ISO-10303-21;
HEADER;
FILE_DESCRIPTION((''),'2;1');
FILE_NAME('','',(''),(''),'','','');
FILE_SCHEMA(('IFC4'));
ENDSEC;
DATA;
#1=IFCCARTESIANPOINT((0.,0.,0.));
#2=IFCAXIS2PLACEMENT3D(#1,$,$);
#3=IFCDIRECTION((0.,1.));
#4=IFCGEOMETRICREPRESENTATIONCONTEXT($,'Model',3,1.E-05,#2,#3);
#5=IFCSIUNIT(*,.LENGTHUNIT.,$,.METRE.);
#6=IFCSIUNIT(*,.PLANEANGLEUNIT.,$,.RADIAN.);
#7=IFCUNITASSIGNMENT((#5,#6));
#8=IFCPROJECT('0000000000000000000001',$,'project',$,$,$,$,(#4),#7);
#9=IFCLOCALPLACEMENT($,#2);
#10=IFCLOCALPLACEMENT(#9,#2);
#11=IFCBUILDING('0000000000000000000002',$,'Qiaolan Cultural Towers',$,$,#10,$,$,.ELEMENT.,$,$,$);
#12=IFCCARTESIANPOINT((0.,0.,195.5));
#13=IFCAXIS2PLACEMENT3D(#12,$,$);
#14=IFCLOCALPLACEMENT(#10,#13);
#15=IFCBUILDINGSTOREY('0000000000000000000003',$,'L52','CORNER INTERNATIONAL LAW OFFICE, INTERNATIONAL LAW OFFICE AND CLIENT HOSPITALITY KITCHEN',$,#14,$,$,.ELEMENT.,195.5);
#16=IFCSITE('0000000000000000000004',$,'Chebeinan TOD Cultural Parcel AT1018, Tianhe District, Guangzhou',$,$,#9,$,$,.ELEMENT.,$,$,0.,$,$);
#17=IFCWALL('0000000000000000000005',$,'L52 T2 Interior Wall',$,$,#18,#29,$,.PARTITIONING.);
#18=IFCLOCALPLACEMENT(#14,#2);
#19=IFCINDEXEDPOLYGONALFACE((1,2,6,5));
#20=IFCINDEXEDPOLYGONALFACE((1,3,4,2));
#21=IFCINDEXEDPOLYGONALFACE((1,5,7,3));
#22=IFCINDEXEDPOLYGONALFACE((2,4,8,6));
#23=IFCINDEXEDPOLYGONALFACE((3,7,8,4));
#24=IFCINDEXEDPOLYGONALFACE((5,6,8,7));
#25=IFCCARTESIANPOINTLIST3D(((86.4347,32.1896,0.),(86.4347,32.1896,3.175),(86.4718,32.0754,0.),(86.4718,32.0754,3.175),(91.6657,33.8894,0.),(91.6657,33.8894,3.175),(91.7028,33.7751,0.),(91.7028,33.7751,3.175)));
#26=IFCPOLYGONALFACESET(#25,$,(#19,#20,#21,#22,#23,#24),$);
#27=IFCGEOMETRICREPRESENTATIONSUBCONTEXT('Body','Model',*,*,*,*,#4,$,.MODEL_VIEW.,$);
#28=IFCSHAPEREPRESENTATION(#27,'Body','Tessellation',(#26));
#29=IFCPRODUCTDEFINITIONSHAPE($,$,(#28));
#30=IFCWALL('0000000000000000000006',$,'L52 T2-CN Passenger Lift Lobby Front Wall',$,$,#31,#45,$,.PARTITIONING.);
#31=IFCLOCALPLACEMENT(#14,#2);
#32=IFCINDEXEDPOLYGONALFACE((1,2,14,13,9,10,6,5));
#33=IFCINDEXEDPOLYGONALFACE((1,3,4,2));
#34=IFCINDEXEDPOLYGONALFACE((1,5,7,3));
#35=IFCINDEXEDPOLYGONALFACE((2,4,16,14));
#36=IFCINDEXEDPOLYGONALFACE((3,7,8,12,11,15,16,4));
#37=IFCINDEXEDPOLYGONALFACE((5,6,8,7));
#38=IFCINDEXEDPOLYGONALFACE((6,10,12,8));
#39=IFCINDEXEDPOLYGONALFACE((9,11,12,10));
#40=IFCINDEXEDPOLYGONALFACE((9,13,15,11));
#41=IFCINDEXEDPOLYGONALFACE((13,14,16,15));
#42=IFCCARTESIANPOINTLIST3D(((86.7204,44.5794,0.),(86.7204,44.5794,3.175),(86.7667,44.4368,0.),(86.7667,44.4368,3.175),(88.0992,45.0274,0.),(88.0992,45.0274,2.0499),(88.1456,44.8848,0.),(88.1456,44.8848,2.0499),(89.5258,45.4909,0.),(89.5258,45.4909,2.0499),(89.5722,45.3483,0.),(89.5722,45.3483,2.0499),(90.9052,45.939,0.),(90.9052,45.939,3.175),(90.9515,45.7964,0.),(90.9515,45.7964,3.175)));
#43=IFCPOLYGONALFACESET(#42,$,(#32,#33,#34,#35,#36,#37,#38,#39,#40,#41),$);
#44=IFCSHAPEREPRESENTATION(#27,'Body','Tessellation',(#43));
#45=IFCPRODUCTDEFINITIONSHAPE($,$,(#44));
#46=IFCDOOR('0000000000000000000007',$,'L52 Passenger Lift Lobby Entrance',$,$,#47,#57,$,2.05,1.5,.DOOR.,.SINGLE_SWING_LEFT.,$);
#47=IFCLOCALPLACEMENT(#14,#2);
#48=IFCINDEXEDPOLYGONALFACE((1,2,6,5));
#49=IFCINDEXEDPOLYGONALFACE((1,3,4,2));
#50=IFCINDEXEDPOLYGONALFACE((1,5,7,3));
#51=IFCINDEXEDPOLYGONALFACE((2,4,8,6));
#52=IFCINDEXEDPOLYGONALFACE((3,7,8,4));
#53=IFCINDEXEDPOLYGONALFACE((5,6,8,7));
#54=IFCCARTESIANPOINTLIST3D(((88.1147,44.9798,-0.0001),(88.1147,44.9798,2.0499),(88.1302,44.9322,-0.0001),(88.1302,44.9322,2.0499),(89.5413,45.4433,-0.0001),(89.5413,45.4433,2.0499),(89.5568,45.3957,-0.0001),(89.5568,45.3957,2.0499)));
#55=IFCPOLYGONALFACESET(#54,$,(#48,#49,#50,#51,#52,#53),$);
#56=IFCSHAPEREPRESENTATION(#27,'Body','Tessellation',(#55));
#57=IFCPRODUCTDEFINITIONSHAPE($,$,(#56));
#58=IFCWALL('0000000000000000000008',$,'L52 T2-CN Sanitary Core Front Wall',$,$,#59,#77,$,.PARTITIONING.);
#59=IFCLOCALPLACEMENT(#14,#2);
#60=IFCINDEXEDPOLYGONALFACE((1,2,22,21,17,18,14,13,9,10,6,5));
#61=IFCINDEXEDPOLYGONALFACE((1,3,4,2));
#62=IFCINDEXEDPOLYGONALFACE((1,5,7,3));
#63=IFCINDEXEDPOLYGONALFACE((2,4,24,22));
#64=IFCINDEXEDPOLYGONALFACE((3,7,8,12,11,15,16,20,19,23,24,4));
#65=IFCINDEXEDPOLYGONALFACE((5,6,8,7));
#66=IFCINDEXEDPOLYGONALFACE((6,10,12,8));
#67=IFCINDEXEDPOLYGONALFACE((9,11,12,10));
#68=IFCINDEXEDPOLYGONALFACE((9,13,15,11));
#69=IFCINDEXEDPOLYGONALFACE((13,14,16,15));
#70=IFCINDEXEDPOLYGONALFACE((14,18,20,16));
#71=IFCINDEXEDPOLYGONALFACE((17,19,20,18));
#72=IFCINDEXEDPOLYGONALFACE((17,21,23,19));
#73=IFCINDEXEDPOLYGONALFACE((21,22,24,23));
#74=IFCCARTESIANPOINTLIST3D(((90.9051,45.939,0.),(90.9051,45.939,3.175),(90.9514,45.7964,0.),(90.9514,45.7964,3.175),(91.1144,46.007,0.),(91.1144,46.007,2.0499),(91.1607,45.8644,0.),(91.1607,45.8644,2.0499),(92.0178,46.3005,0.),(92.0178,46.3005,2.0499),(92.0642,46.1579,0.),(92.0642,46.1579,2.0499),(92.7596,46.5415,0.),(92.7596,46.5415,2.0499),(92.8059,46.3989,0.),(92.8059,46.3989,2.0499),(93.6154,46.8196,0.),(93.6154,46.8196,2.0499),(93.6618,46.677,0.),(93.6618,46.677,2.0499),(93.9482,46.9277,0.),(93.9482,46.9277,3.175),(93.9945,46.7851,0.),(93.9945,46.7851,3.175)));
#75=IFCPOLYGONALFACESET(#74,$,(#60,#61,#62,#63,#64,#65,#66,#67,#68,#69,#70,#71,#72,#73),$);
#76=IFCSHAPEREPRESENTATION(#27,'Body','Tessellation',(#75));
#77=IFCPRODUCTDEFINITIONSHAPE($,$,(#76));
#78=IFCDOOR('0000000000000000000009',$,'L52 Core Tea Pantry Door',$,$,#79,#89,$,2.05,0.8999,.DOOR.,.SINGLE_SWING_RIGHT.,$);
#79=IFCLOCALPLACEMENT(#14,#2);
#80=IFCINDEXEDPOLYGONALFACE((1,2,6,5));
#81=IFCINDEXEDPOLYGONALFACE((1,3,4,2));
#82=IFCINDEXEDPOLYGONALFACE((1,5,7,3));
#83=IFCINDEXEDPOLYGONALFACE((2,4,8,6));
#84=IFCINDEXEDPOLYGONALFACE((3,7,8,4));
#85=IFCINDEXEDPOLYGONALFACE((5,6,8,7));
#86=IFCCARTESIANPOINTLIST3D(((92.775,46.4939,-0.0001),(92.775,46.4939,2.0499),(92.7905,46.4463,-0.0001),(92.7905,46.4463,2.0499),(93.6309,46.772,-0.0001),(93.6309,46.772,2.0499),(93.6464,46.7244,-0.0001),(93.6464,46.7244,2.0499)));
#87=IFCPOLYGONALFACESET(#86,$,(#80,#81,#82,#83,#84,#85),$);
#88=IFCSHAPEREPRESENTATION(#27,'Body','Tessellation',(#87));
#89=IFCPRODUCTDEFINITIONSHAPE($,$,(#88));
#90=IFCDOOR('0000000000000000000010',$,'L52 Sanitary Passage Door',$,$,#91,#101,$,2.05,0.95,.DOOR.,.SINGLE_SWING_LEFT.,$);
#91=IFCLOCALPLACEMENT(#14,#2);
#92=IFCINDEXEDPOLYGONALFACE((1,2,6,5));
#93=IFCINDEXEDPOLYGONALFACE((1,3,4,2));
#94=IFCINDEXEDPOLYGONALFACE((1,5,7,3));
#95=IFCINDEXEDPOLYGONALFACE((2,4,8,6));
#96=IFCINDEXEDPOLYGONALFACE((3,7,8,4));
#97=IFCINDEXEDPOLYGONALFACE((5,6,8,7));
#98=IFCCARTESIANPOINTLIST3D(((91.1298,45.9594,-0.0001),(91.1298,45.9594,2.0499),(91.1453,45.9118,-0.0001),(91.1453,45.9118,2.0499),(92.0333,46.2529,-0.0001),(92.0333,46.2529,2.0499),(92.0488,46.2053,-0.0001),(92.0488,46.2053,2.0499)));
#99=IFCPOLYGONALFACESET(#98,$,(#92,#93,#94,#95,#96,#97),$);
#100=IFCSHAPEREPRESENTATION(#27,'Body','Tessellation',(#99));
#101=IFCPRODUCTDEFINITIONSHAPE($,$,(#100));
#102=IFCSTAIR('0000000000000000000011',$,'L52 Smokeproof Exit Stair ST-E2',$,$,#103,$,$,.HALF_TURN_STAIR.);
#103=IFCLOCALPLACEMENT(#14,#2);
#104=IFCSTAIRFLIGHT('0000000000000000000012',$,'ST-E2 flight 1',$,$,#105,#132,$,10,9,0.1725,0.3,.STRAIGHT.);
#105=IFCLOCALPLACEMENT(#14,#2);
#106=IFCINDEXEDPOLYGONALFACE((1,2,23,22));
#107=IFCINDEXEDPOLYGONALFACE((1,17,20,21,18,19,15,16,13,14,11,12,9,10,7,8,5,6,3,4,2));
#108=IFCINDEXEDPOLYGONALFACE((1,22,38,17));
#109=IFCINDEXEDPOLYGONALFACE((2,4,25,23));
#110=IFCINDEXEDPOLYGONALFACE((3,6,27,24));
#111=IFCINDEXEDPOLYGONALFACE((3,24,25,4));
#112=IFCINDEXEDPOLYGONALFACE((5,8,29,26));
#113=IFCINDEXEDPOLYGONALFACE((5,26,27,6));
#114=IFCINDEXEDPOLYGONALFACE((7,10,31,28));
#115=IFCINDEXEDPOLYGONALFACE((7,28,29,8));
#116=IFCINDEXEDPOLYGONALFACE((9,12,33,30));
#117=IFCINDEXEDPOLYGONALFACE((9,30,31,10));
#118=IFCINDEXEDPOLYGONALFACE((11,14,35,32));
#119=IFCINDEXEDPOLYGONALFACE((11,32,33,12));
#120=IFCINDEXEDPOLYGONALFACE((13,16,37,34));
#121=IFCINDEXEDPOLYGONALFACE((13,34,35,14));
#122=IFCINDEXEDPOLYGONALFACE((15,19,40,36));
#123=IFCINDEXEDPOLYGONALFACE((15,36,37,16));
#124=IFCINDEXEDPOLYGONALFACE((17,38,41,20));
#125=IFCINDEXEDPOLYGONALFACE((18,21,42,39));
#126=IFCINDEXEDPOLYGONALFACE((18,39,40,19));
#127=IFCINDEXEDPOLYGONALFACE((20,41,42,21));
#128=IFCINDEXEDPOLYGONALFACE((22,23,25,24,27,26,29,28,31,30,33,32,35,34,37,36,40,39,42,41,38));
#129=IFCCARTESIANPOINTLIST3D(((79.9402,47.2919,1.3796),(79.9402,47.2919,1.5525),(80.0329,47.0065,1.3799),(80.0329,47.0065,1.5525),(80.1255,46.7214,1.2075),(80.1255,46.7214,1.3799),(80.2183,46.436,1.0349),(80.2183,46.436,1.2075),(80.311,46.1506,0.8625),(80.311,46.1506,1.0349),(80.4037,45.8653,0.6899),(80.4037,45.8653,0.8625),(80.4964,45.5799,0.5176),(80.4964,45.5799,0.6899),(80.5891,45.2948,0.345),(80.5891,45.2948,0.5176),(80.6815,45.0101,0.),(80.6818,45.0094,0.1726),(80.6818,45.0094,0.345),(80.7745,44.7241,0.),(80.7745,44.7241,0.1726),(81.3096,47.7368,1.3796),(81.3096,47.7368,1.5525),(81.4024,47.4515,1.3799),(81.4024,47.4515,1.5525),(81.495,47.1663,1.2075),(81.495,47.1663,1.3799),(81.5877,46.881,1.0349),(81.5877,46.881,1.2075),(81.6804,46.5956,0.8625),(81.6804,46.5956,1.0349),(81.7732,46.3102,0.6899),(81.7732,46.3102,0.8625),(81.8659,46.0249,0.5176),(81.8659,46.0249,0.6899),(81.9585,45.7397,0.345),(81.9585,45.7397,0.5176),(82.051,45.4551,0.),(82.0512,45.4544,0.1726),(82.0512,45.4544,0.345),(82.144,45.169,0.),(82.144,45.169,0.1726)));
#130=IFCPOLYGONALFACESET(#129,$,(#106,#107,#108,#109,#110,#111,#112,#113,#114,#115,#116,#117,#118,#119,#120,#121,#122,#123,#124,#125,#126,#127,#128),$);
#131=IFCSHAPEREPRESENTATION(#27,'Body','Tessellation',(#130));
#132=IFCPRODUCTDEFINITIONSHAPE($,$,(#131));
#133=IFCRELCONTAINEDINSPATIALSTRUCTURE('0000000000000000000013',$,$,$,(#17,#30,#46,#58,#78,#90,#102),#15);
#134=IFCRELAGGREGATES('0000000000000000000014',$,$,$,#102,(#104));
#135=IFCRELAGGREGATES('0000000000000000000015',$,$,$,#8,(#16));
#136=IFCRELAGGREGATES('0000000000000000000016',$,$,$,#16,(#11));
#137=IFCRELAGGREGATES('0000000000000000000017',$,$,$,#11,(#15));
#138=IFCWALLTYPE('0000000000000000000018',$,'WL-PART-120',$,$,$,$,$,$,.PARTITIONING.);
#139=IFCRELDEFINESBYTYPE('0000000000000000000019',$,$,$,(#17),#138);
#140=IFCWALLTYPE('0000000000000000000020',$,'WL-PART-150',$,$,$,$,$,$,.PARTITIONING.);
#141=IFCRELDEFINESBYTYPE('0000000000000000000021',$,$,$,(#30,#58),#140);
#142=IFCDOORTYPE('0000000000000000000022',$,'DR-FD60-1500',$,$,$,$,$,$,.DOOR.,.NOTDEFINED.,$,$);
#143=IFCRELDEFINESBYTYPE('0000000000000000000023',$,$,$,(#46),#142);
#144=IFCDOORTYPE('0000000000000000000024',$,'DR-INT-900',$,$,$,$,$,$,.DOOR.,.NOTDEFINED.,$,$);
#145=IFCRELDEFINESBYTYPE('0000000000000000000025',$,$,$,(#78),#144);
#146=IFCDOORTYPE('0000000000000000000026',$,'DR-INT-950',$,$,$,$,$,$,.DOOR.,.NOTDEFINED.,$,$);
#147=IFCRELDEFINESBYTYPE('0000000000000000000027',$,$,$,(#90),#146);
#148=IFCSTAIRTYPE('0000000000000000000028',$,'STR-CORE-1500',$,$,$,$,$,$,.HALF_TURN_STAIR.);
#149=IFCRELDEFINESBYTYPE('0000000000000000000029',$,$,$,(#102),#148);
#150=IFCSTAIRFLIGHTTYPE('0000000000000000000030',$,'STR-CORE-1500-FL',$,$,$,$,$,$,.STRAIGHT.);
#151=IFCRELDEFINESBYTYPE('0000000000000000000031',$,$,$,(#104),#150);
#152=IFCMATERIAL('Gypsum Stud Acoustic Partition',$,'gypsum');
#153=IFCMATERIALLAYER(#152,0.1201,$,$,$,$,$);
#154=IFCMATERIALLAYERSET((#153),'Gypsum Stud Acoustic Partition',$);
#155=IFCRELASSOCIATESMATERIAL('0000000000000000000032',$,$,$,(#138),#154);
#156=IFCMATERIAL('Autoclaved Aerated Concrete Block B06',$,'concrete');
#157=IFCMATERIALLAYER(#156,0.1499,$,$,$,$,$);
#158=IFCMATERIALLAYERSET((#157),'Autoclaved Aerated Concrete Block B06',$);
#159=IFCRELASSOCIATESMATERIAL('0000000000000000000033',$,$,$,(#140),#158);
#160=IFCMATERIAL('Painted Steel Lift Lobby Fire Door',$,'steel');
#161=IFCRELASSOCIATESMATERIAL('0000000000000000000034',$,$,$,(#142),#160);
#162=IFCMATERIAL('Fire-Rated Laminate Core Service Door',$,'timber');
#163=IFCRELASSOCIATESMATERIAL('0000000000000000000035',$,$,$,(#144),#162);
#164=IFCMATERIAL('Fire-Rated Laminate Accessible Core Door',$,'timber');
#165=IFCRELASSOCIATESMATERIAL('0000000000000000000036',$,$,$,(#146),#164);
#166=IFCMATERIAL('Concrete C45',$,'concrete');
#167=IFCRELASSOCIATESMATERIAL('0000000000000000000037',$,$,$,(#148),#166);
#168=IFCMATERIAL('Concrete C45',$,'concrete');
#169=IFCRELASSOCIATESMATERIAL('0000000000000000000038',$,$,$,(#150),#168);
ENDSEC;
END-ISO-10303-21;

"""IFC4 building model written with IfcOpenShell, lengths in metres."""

from ifc_helpers import new_model, si_unit, direction, frame, frame_2d, origin, place, context, subcontext, project, spatial, polyline, rectangle, outline, extrude, material, layer, layer_set, type_object, element, fill, aggregate, save


model = new_model("IFC4")

# Units and contexts
model_context = context("Model", 3, precision=1e-05, world=origin(), true_north=direction((0.0, 1.0)))
body_context = subcontext(model_context, "Body", "Model", "MODEL_VIEW")
ifc_project = project(units=[si_unit("LENGTHUNIT", "METRE"), si_unit("PLANEANGLEUNIT", "RADIAN")], contexts=[model_context])

# Site, building, storey
site_placement = place(None, origin())
site = spatial("IfcSite", under=ifc_project, at=site_placement, Name="Chebeinan TOD Cultural Parcel AT1018, Tianhe District, Guangzhou", CompositionType="ELEMENT", RefElevation=0.0)
building_placement = place(site_placement, origin())
building = spatial("IfcBuilding", under=site, at=building_placement, Name="Qiaolan Cultural Towers", CompositionType="ELEMENT")
storey_placement = place(building_placement, frame((0.0, 0.0, 195.5)))
storey = spatial("IfcBuildingStorey", under=building, at=storey_placement, Name="L52", Description="CORNER INTERNATIONAL LAW OFFICE, INTERNATIONAL LAW OFFICE AND CLIENT HOSPITALITY KITCHEN", CompositionType="ELEMENT", Elevation=195.5)

# Wall
ifc_material_1 = material(Name="Gypsum Stud Acoustic Partition", Category="gypsum")
ifc_layer_1 = layer(ifc_material_1, 0.1201)
ifc_layer_set_1 = layer_set([ifc_layer_1], Name="Gypsum Stud Acoustic Partition")
wall_type_1 = type_object("IfcWallType", Name="WL-PART-120", PredefinedType="PARTITIONING", material=ifc_layer_set_1)
wall_1_placement = place(storey_placement, frame((86.4534, 32.1326, 0.0), z_axis=(0.0, 0.0, 1.0), x_axis=(0.951053, 0.309028, 0.0)))
element("IfcWall", 1, at=wall_1_placement, inside=storey, type_object=wall_type_1, Name="L52 T2 Interior Wall", PredefinedType="PARTITIONING", context=body_context, shape_type="SweptSolid", body=[
    extrude(rectangle(XDim=5.5002, YDim=0.1201, at=frame_2d((2.75, 0.0))), origin(), (0.0, 0.0, 1.0), 3.175),
])

# Wall, opening, door
ifc_material_2 = material(Name="Autoclaved Aerated Concrete Block B06", Category="concrete")
ifc_layer_2 = layer(ifc_material_2, 0.1499)
ifc_layer_set_2 = layer_set([ifc_layer_2], Name="Autoclaved Aerated Concrete Block B06")
wall_type_2 = type_object("IfcWallType", Name="WL-PART-150", PredefinedType="PARTITIONING", material=ifc_layer_set_2)
wall_2_placement = place(storey_placement, frame((86.7434, 44.5081, 0.0), z_axis=(0.0, 0.0, 1.0), x_axis=(0.951064, 0.308994, 0.0)))
wall_2 = element("IfcWall", 2, at=wall_2_placement, inside=storey, type_object=wall_type_2, Name="L52 T2-CN Passenger Lift Lobby Front Wall", PredefinedType="PARTITIONING", context=body_context, shape_type="SweptSolid", body=[
    extrude(rectangle(XDim=4.4001, YDim=0.1499, at=frame_2d((2.2002, 0.0))), origin(), (0.0, 0.0, 1.0), 3.175),
])
opening_1_placement = place(wall_2_placement, frame((1.45, 0.0, 0.0)))
opening_1 = element("IfcOpeningElement", 3, at=opening_1_placement, cuts=wall_2, PredefinedType="OPENING", context=body_context, shape_type="SweptSolid", body=[
    extrude(rectangle(XDim=1.5, YDim=2.05, at=frame_2d((0.75, 1.0249))), frame((0.0, 0.085, 0.0), z_axis=(0.0, -1.0, 0.0), x_axis=(1.0, 0.0, 0.0)), (0.0, 0.0, 1.0), 0.1699),
])
ifc_material_3 = material(Name="Painted Steel Lift Lobby Fire Door", Category="steel")
door_type_1 = type_object("IfcDoorType", Name="DR-FD60-1500", OperationType="NOTDEFINED", PredefinedType="DOOR", material=ifc_material_3)
door_1_placement = place(opening_1_placement, origin())
door_1 = element("IfcDoor", 4, at=door_1_placement, inside=storey, type_object=door_type_1, Name="L52 Passenger Lift Lobby Entrance", OperationType="SINGLE_SWING_LEFT", OverallHeight=2.05, OverallWidth=1.5, PredefinedType="DOOR", context=body_context, shape_type="SweptSolid", body=[
    extrude(rectangle(XDim=1.5, YDim=2.05, at=frame_2d((0.75, 1.0249))), frame((0.0, 0.0249, 0.0), z_axis=(0.0, -1.0, 0.0), x_axis=(1.0, 0.0, 0.0)), (0.0, 0.0, 1.0), 0.05),
])
fill(opening_1, door_1)

# Wall, openings, doors
wall_3_placement = place(storey_placement, frame((90.9282, 45.8677, 0.0), z_axis=(0.0, 0.0, 1.0), x_axis=(0.951059, 0.309008, 0.0)))
wall_3 = element("IfcWall", 5, at=wall_3_placement, inside=storey, type_object=wall_type_2, Name="L52 T2-CN Sanitary Core Front Wall", PredefinedType="PARTITIONING", context=body_context, shape_type="SweptSolid", body=[
    extrude(rectangle(XDim=3.1997, YDim=0.1499, at=frame_2d((1.5999, 0.0))), origin(), (0.0, 0.0, 1.0), 3.175),
])
opening_2_placement = place(wall_3_placement, frame((0.22, 0.0, 0.0)))
opening_2 = element("IfcOpeningElement", 6, at=opening_2_placement, cuts=wall_3, PredefinedType="OPENING", context=body_context, shape_type="SweptSolid", body=[
    extrude(rectangle(XDim=0.95, YDim=2.05, at=frame_2d((0.4751, 1.0249))), frame((0.0, 0.085, 0.0), z_axis=(0.0, -1.0, 0.0), x_axis=(1.0, 0.0, 0.0)), (0.0, 0.0, 1.0), 0.1699),
])
opening_3_placement = place(wall_3_placement, frame((1.95, 0.0, 0.0)))
opening_3 = element("IfcOpeningElement", 7, at=opening_3_placement, cuts=wall_3, PredefinedType="OPENING", context=body_context, shape_type="SweptSolid", body=[
    extrude(rectangle(XDim=0.8999, YDim=2.05, at=frame_2d((0.45, 1.0249))), frame((0.0, 0.085, 0.0), z_axis=(0.0, -1.0, 0.0), x_axis=(1.0, 0.0, 0.0)), (0.0, 0.0, 1.0), 0.1699),
])
ifc_material_4 = material(Name="Fire-Rated Laminate Core Service Door", Category="timber")
door_type_2 = type_object("IfcDoorType", Name="DR-INT-900", OperationType="NOTDEFINED", PredefinedType="DOOR", material=ifc_material_4)
door_2_placement = place(opening_3_placement, origin())
door_2 = element("IfcDoor", 8, at=door_2_placement, inside=storey, type_object=door_type_2, Name="L52 Core Tea Pantry Door", OperationType="SINGLE_SWING_RIGHT", OverallHeight=2.05, OverallWidth=0.8999, PredefinedType="DOOR", context=body_context, shape_type="SweptSolid", body=[
    extrude(rectangle(XDim=0.8999, YDim=2.05, at=frame_2d((0.45, 1.0249))), frame((0.0, 0.0249, 0.0), z_axis=(0.0, -1.0, 0.0), x_axis=(1.0, 0.0, 0.0)), (0.0, 0.0, 1.0), 0.05),
])
fill(opening_3, door_2)
ifc_material_5 = material(Name="Fire-Rated Laminate Accessible Core Door", Category="timber")
door_type_3 = type_object("IfcDoorType", Name="DR-INT-950", OperationType="NOTDEFINED", PredefinedType="DOOR", material=ifc_material_5)
door_3_placement = place(opening_2_placement, origin())
door_3 = element("IfcDoor", 9, at=door_3_placement, inside=storey, type_object=door_type_3, Name="L52 Sanitary Passage Door", OperationType="SINGLE_SWING_LEFT", OverallHeight=2.05, OverallWidth=0.95, PredefinedType="DOOR", context=body_context, shape_type="SweptSolid", body=[
    extrude(rectangle(XDim=0.95, YDim=2.05, at=frame_2d((0.4751, 1.0249))), frame((0.0, 0.0249, 0.0), z_axis=(0.0, -1.0, 0.0), x_axis=(1.0, 0.0, 0.0)), (0.0, 0.0, 1.0), 0.05),
])
fill(opening_2, door_3)

# Stair, stair flight
ifc_material_6 = material(Name="Concrete C45", Category="concrete")
stair_type = type_object("IfcStairType", Name="STR-CORE-1500", PredefinedType="HALF_TURN_STAIR", material=ifc_material_6)
stair_placement = place(storey_placement, origin())
stair = element("IfcStair", 10, at=stair_placement, inside=storey, type_object=stair_type, Name="L52 Smokeproof Exit Stair ST-E2", PredefinedType="HALF_TURN_STAIR")
ifc_material_7 = material(Name="Concrete C45", Category="concrete")
stair_flight_type = type_object("IfcStairFlightType", Name="STR-CORE-1500-FL", PredefinedType="STRAIGHT", material=ifc_material_7)
stair_flight_placement = place(storey_placement, frame((81.4592, 44.9465, 0.0), z_axis=(0.0, 0.0, 1.0), x_axis=(-0.309017, 0.951057, 0.0)))
stair_flight = element("IfcStairFlight", 11, at=stair_flight_placement, type_object=stair_flight_type, Name="ST-E2 flight 1", NumberOfRisers=10, NumberOfTreads=9, PredefinedType="STRAIGHT", RiserHeight=0.1725, TreadLength=0.3, context=body_context, shape_type="SweptSolid", body=[
    extrude(outline(polyline([(0.0, 0.0), (0.0, 0.1726), (0.3, 0.1726), (0.3, 0.345), (0.6001, 0.345), (0.6001, 0.5176), (0.8999, 0.5176), (0.8999, 0.6899), (1.2, 0.6899), (1.2, 0.8625), (1.5, 0.8625), (1.5, 1.0349), (1.8, 1.0349), (1.8, 1.2075), (2.1001, 1.2075), (2.1001, 1.3799), (2.3999, 1.3799), (2.3999, 1.5525), (2.7, 1.5525), (2.7, 1.7251), (2.7, 1.3796), (0.3008, 0.0), (0.0, 0.0)])), frame((0.0, 0.72, 0.0), z_axis=(0.0, -1.0, 0.0), x_axis=(1.0, 0.0, 0.0)), (0.0, 0.0, 1.0), 1.4399),
])
aggregate(stair, [stair_flight])

save(model, "model.ifc")
